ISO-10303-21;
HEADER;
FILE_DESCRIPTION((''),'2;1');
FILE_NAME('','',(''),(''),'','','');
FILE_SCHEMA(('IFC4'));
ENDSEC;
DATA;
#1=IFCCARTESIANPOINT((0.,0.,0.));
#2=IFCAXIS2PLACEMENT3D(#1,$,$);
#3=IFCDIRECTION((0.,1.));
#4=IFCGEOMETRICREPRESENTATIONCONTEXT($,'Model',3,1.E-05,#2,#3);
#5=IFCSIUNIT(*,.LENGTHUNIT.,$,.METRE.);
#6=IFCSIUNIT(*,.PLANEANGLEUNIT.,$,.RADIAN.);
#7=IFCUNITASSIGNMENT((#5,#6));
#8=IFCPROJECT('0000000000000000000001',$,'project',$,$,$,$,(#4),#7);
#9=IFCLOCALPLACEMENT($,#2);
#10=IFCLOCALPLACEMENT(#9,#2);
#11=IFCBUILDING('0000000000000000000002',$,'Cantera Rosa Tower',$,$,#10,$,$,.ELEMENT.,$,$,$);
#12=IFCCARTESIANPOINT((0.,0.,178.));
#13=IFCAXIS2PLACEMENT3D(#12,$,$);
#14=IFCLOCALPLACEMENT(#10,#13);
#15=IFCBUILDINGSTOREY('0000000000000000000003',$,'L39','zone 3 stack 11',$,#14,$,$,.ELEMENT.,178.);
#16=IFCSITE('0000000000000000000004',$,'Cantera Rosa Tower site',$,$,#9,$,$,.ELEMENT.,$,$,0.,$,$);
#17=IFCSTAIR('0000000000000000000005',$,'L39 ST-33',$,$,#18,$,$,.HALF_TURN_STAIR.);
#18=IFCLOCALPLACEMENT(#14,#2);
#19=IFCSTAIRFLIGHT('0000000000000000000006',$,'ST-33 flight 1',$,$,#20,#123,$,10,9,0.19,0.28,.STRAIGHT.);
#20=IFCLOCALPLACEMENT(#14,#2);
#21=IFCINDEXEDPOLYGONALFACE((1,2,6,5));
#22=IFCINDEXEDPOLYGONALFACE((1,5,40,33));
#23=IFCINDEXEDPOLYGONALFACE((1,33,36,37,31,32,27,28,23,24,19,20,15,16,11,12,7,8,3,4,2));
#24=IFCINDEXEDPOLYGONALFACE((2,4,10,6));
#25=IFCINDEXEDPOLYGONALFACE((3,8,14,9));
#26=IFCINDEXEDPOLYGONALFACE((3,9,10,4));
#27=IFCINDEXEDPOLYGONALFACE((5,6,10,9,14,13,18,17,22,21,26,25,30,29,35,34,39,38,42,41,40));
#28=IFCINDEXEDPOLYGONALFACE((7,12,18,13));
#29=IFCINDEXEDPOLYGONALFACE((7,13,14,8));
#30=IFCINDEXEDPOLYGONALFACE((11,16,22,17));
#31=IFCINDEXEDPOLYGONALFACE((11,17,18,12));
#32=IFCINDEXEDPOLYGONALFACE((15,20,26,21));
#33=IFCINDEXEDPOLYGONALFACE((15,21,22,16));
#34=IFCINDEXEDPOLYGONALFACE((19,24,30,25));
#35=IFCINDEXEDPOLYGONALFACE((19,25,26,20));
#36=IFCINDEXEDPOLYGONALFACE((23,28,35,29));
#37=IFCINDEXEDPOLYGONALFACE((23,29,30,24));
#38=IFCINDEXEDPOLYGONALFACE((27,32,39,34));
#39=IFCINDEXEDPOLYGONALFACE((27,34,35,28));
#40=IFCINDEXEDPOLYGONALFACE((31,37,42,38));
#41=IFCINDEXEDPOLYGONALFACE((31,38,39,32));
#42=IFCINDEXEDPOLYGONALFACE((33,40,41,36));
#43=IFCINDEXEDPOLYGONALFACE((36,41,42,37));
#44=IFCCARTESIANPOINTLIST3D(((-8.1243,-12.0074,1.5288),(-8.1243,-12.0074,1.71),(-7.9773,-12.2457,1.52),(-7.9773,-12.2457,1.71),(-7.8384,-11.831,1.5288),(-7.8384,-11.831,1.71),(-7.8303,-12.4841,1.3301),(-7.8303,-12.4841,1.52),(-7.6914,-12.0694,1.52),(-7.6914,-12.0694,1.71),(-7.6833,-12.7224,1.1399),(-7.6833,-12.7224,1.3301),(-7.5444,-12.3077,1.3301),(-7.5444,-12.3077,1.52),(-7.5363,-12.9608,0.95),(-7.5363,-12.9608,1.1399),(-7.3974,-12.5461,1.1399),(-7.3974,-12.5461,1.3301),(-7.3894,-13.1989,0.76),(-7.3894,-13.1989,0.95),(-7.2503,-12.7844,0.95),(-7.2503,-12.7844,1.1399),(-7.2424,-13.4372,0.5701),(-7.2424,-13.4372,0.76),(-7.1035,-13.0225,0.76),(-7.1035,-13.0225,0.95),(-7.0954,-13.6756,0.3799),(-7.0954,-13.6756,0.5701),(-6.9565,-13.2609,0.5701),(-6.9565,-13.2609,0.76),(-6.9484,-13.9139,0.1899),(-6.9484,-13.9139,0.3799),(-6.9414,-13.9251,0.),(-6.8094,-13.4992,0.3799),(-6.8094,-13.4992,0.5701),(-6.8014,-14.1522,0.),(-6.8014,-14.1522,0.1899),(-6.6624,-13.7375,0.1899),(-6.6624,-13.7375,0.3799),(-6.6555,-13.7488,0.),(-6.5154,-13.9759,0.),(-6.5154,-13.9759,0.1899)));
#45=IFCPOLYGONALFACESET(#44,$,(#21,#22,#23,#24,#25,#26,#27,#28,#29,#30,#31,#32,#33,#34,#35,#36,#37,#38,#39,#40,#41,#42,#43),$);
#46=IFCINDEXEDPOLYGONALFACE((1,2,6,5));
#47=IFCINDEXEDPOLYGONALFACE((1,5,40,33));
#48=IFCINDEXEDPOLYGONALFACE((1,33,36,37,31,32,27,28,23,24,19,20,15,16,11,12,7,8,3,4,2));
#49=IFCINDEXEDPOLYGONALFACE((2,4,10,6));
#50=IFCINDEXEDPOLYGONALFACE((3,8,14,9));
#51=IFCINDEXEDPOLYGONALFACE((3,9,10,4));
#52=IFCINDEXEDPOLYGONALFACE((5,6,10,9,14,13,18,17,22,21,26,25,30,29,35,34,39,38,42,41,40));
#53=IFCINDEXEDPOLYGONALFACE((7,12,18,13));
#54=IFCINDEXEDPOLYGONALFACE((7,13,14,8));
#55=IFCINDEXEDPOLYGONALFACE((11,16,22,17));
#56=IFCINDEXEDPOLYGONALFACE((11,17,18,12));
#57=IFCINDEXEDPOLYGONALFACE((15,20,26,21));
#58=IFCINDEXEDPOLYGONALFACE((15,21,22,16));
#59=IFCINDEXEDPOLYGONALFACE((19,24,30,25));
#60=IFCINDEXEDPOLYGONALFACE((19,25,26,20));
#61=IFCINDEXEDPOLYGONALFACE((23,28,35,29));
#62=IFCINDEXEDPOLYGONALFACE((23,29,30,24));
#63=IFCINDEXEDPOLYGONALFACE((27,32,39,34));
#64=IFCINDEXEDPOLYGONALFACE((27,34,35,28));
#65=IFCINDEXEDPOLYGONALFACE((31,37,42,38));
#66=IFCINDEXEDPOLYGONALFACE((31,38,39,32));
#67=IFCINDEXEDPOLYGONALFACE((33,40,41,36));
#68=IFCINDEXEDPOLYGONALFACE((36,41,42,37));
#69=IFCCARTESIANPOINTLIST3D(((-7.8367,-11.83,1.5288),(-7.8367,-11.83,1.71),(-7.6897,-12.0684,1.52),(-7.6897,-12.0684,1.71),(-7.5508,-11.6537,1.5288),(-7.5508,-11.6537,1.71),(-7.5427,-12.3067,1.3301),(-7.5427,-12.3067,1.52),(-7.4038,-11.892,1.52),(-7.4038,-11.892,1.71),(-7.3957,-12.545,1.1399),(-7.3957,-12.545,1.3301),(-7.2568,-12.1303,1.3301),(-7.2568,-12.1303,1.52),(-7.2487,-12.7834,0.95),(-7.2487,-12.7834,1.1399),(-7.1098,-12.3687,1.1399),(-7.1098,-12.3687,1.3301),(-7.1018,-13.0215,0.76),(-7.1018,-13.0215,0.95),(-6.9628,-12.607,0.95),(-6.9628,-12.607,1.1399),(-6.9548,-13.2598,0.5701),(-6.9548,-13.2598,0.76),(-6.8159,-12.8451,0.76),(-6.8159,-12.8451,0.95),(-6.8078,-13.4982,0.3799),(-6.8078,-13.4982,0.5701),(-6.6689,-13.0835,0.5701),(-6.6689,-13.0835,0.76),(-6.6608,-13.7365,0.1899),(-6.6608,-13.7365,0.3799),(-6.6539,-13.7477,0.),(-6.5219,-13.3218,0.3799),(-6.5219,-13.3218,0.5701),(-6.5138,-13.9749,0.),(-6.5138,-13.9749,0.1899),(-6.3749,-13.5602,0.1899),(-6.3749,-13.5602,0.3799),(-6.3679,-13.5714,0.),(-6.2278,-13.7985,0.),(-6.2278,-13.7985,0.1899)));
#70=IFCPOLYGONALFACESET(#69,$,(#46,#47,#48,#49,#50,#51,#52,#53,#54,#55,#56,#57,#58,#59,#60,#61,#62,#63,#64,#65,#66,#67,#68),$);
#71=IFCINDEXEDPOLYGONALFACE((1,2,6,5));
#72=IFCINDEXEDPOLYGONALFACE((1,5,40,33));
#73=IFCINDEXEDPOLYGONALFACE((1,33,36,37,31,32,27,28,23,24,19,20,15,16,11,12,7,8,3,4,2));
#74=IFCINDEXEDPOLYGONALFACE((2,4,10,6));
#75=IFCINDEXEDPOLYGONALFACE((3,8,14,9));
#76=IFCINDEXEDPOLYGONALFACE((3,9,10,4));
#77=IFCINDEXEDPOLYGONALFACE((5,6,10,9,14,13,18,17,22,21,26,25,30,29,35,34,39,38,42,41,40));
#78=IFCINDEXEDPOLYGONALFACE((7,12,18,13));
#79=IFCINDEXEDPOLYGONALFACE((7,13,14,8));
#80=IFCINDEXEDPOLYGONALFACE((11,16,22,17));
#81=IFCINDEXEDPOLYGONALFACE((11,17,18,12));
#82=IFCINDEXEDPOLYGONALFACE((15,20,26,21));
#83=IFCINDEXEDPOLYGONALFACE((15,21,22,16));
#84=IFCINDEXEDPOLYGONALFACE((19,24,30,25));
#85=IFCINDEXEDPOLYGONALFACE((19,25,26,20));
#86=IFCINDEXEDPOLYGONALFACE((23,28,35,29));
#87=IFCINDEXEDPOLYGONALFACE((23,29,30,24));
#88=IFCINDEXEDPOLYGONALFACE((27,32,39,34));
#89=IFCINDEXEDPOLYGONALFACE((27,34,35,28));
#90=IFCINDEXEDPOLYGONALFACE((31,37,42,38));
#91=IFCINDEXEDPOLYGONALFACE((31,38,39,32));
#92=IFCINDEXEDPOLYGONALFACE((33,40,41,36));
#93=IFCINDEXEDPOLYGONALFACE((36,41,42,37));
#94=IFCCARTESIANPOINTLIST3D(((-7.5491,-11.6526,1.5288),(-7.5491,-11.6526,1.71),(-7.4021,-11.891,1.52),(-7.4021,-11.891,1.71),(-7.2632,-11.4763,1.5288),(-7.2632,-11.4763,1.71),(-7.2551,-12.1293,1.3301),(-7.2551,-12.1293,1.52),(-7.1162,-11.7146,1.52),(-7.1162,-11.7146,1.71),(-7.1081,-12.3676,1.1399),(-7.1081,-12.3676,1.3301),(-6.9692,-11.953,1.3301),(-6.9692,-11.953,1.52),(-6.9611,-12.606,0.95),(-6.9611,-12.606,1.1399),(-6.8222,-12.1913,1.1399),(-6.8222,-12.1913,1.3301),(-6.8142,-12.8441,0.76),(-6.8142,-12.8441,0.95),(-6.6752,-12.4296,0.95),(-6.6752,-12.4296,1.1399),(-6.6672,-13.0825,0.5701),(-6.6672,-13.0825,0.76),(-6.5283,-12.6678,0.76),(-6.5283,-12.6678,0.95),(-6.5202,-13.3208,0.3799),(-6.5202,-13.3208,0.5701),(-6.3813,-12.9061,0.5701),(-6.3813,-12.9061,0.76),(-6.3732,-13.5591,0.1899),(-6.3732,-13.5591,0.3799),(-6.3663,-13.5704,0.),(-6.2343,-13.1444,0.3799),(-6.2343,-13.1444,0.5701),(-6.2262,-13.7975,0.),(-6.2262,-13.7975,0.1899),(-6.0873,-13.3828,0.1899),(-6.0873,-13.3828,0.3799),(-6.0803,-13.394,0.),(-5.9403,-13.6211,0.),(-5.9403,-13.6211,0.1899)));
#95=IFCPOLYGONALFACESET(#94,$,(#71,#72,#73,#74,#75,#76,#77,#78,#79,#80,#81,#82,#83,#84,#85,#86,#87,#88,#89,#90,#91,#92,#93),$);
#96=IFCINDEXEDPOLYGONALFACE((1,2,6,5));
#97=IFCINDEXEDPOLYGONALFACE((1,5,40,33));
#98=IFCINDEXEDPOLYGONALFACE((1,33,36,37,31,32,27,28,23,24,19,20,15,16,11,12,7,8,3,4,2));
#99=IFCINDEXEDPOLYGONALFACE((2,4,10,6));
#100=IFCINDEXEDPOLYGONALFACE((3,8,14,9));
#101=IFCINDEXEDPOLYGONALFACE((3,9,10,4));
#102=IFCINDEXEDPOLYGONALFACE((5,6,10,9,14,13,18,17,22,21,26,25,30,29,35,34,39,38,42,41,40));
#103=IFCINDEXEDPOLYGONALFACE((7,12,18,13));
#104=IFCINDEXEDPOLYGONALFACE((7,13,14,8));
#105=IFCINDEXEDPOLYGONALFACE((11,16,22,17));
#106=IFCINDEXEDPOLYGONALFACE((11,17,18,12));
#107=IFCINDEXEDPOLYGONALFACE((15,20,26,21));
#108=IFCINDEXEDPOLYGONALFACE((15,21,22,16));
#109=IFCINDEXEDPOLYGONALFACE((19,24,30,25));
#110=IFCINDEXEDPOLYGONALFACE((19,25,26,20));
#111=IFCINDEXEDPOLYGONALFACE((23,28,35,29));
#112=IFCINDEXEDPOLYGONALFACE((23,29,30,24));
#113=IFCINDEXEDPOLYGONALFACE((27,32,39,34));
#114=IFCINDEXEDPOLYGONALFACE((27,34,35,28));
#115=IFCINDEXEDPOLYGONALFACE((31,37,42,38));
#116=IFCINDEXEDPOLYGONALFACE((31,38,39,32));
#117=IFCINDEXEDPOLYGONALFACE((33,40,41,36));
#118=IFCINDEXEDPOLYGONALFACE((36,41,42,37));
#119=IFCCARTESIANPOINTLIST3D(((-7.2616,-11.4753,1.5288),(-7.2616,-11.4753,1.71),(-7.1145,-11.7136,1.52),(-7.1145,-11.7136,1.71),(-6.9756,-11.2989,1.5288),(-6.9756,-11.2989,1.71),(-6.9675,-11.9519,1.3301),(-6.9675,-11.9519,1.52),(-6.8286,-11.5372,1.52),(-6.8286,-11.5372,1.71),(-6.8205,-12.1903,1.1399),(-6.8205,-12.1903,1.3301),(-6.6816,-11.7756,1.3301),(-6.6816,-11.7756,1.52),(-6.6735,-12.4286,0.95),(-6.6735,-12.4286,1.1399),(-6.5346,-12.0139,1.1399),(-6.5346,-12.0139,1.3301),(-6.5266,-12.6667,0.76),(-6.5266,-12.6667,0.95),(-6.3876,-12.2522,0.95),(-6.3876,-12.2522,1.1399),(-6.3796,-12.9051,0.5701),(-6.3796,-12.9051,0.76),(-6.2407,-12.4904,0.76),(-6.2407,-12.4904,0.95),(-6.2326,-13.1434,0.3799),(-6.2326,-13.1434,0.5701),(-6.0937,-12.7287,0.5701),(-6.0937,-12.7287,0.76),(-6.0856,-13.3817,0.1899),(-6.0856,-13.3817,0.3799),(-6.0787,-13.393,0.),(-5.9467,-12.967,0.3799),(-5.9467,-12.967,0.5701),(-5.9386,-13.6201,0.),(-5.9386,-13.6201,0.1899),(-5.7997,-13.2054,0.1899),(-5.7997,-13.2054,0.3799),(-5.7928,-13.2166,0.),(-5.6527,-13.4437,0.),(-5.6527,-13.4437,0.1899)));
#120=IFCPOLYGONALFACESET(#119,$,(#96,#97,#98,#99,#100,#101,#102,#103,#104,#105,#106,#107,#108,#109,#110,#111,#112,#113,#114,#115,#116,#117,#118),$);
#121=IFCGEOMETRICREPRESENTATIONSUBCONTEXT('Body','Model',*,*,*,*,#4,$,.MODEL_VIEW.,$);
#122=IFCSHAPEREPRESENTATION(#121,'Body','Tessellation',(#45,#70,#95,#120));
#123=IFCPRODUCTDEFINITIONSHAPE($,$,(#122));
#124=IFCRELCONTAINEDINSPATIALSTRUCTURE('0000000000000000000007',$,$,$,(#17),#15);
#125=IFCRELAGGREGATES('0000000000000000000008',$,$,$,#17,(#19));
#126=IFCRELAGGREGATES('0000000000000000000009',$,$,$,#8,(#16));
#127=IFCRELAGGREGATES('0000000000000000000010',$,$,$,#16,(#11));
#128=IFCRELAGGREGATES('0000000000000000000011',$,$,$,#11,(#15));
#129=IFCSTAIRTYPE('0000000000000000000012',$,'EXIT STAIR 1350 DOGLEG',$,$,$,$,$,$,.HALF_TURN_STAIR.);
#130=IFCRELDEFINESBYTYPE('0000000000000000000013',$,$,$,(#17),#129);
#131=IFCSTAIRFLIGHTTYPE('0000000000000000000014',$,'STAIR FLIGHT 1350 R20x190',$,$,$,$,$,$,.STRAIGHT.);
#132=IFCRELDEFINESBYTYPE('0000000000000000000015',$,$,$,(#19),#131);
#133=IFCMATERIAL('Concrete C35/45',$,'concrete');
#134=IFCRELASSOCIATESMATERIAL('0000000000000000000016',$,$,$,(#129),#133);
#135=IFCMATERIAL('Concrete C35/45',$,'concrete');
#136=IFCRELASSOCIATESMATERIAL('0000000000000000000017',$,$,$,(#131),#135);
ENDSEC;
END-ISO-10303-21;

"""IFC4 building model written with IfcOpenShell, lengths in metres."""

from ifc_helpers import new_model, si_unit, direction, frame, origin, place, context, subcontext, project, spatial, polyline, outline, extrude, material, type_object, element, aggregate, save


model = new_model("IFC4")

# Units and contexts
model_context = context("Model", 3, precision=1e-05, world=origin(), true_north=direction((0.0, 1.0)))
body_context = subcontext(model_context, "Body", "Model", "MODEL_VIEW")
ifc_project = project(units=[si_unit("LENGTHUNIT", "METRE"), si_unit("PLANEANGLEUNIT", "RADIAN")], contexts=[model_context])

# Site, building, storey
site_placement = place(None, origin())
site = spatial("IfcSite", under=ifc_project, at=site_placement, Name="Cantera Rosa Tower site", CompositionType="ELEMENT", RefElevation=0.0)
building_placement = place(site_placement, origin())
building = spatial("IfcBuilding", under=site, at=building_placement, Name="Cantera Rosa Tower", CompositionType="ELEMENT")
storey_placement = place(building_placement, frame((0.0, 0.0, 178.0)))
storey = spatial("IfcBuildingStorey", under=building, at=storey_placement, Name="L39", Description="zone 3 stack 11", CompositionType="ELEMENT", Elevation=178.0)

# Stair, stair flight
ifc_material_1 = material(Name="Concrete C35/45", Category="concrete")
stair_type = type_object("IfcStairType", Name="EXIT STAIR 1350 DOGLEG", PredefinedType="HALF_TURN_STAIR", material=ifc_material_1)
stair_placement = place(storey_placement, origin())
stair = element("IfcStair", 1, at=stair_placement, inside=storey, type_object=stair_type, Name="L39 ST-33", PredefinedType="HALF_TURN_STAIR")
ifc_material_2 = material(Name="Concrete C35/45", Category="concrete")
stair_flight_type = type_object("IfcStairFlightType", Name="STAIR FLIGHT 1350 R20x190", PredefinedType="STRAIGHT", material=ifc_material_2)
stair_flight_placement = place(storey_placement, frame((-6.2268, -13.7979, 0.0), z_axis=(0.0, 0.0, 1.0), x_axis=(-0.524977, 0.851117, 0.0)))
stair_flight = element("IfcStairFlight", 2, at=stair_flight_placement, type_object=stair_flight_type, Name="ST-33 flight 1", NumberOfRisers=10, NumberOfTreads=9, PredefinedType="STRAIGHT", RiserHeight=0.19, TreadLength=0.28, context=body_context, shape_type="SweptSolid", body=[
    extrude(outline(polyline([(0.0, 0.0), (0.0, 0.1899), (0.28, 0.1899), (0.28, 0.3799), (0.5601, 0.3799), (0.5601, 0.5701), (0.8401, 0.5701), (0.8401, 0.76), (1.1201, 0.76), (1.1201, 0.95), (1.3999, 0.95), (1.3999, 1.1399), (1.6799, 1.1399), (1.6799, 1.3301), (1.96, 1.3301), (1.96, 1.52), (2.24, 1.52), (2.24, 1.71), (2.52, 1.71), (2.52, 1.8999), (2.52, 1.5288), (0.2668, 0.0), (0.0, 0.0)])), frame((0.0, 0.675, 0.0), z_axis=(0.0, -1.0, 0.0), x_axis=(1.0, 0.0, 0.0)), (0.0, 0.0, 1.0), 0.3359),
    extrude(outline(polyline([(0.0, 0.0), (0.0, 0.1899), (0.28, 0.1899), (0.28, 0.3799), (0.5601, 0.3799), (0.5601, 0.5701), (0.8401, 0.5701), (0.8401, 0.76), (1.1201, 0.76), (1.1201, 0.95), (1.3999, 0.95), (1.3999, 1.1399), (1.6799, 1.1399), (1.6799, 1.3301), (1.96, 1.3301), (1.96, 1.52), (2.24, 1.52), (2.24, 1.71), (2.52, 1.71), (2.52, 1.8999), (2.52, 1.5288), (0.2668, 0.0), (0.0, 0.0)])), frame((0.0, 0.3372, 0.0), z_axis=(0.0, -1.0, 0.0), x_axis=(1.0, 0.0, 0.0)), (0.0, 0.0, 1.0), 0.3359),
    extrude(outline(polyline([(0.0, 0.0), (0.0, 0.1899), (0.28, 0.1899), (0.28, 0.3799), (0.5601, 0.3799), (0.5601, 0.5701), (0.8401, 0.5701), (0.8401, 0.76), (1.1201, 0.76), (1.1201, 0.95), (1.3999, 0.95), (1.3999, 1.1399), (1.6799, 1.1399), (1.6799, 1.3301), (1.96, 1.3301), (1.96, 1.52), (2.24, 1.52), (2.24, 1.71), (2.52, 1.71), (2.52, 1.8999), (2.52, 1.5288), (0.2668, 0.0), (0.0, 0.0)])), frame((0.0, -0.0007, 0.0), z_axis=(0.0, -1.0, 0.0), x_axis=(1.0, 0.0, 0.0)), (0.0, 0.0, 1.0), 0.3359),
    extrude(outline(polyline([(0.0, 0.0), (0.0, 0.1899), (0.28, 0.1899), (0.28, 0.3799), (0.5601, 0.3799), (0.5601, 0.5701), (0.8401, 0.5701), (0.8401, 0.76), (1.1201, 0.76), (1.1201, 0.95), (1.3999, 0.95), (1.3999, 1.1399), (1.6799, 1.1399), (1.6799, 1.3301), (1.96, 1.3301), (1.96, 1.52), (2.24, 1.52), (2.24, 1.71), (2.52, 1.71), (2.52, 1.8999), (2.52, 1.5288), (0.2668, 0.0), (0.0, 0.0)])), frame((0.0, -0.3386, 0.0), z_axis=(0.0, -1.0, 0.0), x_axis=(1.0, 0.0, 0.0)), (0.0, 0.0, 1.0), 0.3359),
])
aggregate(stair, [stair_flight])

save(model, "model.ifc")
